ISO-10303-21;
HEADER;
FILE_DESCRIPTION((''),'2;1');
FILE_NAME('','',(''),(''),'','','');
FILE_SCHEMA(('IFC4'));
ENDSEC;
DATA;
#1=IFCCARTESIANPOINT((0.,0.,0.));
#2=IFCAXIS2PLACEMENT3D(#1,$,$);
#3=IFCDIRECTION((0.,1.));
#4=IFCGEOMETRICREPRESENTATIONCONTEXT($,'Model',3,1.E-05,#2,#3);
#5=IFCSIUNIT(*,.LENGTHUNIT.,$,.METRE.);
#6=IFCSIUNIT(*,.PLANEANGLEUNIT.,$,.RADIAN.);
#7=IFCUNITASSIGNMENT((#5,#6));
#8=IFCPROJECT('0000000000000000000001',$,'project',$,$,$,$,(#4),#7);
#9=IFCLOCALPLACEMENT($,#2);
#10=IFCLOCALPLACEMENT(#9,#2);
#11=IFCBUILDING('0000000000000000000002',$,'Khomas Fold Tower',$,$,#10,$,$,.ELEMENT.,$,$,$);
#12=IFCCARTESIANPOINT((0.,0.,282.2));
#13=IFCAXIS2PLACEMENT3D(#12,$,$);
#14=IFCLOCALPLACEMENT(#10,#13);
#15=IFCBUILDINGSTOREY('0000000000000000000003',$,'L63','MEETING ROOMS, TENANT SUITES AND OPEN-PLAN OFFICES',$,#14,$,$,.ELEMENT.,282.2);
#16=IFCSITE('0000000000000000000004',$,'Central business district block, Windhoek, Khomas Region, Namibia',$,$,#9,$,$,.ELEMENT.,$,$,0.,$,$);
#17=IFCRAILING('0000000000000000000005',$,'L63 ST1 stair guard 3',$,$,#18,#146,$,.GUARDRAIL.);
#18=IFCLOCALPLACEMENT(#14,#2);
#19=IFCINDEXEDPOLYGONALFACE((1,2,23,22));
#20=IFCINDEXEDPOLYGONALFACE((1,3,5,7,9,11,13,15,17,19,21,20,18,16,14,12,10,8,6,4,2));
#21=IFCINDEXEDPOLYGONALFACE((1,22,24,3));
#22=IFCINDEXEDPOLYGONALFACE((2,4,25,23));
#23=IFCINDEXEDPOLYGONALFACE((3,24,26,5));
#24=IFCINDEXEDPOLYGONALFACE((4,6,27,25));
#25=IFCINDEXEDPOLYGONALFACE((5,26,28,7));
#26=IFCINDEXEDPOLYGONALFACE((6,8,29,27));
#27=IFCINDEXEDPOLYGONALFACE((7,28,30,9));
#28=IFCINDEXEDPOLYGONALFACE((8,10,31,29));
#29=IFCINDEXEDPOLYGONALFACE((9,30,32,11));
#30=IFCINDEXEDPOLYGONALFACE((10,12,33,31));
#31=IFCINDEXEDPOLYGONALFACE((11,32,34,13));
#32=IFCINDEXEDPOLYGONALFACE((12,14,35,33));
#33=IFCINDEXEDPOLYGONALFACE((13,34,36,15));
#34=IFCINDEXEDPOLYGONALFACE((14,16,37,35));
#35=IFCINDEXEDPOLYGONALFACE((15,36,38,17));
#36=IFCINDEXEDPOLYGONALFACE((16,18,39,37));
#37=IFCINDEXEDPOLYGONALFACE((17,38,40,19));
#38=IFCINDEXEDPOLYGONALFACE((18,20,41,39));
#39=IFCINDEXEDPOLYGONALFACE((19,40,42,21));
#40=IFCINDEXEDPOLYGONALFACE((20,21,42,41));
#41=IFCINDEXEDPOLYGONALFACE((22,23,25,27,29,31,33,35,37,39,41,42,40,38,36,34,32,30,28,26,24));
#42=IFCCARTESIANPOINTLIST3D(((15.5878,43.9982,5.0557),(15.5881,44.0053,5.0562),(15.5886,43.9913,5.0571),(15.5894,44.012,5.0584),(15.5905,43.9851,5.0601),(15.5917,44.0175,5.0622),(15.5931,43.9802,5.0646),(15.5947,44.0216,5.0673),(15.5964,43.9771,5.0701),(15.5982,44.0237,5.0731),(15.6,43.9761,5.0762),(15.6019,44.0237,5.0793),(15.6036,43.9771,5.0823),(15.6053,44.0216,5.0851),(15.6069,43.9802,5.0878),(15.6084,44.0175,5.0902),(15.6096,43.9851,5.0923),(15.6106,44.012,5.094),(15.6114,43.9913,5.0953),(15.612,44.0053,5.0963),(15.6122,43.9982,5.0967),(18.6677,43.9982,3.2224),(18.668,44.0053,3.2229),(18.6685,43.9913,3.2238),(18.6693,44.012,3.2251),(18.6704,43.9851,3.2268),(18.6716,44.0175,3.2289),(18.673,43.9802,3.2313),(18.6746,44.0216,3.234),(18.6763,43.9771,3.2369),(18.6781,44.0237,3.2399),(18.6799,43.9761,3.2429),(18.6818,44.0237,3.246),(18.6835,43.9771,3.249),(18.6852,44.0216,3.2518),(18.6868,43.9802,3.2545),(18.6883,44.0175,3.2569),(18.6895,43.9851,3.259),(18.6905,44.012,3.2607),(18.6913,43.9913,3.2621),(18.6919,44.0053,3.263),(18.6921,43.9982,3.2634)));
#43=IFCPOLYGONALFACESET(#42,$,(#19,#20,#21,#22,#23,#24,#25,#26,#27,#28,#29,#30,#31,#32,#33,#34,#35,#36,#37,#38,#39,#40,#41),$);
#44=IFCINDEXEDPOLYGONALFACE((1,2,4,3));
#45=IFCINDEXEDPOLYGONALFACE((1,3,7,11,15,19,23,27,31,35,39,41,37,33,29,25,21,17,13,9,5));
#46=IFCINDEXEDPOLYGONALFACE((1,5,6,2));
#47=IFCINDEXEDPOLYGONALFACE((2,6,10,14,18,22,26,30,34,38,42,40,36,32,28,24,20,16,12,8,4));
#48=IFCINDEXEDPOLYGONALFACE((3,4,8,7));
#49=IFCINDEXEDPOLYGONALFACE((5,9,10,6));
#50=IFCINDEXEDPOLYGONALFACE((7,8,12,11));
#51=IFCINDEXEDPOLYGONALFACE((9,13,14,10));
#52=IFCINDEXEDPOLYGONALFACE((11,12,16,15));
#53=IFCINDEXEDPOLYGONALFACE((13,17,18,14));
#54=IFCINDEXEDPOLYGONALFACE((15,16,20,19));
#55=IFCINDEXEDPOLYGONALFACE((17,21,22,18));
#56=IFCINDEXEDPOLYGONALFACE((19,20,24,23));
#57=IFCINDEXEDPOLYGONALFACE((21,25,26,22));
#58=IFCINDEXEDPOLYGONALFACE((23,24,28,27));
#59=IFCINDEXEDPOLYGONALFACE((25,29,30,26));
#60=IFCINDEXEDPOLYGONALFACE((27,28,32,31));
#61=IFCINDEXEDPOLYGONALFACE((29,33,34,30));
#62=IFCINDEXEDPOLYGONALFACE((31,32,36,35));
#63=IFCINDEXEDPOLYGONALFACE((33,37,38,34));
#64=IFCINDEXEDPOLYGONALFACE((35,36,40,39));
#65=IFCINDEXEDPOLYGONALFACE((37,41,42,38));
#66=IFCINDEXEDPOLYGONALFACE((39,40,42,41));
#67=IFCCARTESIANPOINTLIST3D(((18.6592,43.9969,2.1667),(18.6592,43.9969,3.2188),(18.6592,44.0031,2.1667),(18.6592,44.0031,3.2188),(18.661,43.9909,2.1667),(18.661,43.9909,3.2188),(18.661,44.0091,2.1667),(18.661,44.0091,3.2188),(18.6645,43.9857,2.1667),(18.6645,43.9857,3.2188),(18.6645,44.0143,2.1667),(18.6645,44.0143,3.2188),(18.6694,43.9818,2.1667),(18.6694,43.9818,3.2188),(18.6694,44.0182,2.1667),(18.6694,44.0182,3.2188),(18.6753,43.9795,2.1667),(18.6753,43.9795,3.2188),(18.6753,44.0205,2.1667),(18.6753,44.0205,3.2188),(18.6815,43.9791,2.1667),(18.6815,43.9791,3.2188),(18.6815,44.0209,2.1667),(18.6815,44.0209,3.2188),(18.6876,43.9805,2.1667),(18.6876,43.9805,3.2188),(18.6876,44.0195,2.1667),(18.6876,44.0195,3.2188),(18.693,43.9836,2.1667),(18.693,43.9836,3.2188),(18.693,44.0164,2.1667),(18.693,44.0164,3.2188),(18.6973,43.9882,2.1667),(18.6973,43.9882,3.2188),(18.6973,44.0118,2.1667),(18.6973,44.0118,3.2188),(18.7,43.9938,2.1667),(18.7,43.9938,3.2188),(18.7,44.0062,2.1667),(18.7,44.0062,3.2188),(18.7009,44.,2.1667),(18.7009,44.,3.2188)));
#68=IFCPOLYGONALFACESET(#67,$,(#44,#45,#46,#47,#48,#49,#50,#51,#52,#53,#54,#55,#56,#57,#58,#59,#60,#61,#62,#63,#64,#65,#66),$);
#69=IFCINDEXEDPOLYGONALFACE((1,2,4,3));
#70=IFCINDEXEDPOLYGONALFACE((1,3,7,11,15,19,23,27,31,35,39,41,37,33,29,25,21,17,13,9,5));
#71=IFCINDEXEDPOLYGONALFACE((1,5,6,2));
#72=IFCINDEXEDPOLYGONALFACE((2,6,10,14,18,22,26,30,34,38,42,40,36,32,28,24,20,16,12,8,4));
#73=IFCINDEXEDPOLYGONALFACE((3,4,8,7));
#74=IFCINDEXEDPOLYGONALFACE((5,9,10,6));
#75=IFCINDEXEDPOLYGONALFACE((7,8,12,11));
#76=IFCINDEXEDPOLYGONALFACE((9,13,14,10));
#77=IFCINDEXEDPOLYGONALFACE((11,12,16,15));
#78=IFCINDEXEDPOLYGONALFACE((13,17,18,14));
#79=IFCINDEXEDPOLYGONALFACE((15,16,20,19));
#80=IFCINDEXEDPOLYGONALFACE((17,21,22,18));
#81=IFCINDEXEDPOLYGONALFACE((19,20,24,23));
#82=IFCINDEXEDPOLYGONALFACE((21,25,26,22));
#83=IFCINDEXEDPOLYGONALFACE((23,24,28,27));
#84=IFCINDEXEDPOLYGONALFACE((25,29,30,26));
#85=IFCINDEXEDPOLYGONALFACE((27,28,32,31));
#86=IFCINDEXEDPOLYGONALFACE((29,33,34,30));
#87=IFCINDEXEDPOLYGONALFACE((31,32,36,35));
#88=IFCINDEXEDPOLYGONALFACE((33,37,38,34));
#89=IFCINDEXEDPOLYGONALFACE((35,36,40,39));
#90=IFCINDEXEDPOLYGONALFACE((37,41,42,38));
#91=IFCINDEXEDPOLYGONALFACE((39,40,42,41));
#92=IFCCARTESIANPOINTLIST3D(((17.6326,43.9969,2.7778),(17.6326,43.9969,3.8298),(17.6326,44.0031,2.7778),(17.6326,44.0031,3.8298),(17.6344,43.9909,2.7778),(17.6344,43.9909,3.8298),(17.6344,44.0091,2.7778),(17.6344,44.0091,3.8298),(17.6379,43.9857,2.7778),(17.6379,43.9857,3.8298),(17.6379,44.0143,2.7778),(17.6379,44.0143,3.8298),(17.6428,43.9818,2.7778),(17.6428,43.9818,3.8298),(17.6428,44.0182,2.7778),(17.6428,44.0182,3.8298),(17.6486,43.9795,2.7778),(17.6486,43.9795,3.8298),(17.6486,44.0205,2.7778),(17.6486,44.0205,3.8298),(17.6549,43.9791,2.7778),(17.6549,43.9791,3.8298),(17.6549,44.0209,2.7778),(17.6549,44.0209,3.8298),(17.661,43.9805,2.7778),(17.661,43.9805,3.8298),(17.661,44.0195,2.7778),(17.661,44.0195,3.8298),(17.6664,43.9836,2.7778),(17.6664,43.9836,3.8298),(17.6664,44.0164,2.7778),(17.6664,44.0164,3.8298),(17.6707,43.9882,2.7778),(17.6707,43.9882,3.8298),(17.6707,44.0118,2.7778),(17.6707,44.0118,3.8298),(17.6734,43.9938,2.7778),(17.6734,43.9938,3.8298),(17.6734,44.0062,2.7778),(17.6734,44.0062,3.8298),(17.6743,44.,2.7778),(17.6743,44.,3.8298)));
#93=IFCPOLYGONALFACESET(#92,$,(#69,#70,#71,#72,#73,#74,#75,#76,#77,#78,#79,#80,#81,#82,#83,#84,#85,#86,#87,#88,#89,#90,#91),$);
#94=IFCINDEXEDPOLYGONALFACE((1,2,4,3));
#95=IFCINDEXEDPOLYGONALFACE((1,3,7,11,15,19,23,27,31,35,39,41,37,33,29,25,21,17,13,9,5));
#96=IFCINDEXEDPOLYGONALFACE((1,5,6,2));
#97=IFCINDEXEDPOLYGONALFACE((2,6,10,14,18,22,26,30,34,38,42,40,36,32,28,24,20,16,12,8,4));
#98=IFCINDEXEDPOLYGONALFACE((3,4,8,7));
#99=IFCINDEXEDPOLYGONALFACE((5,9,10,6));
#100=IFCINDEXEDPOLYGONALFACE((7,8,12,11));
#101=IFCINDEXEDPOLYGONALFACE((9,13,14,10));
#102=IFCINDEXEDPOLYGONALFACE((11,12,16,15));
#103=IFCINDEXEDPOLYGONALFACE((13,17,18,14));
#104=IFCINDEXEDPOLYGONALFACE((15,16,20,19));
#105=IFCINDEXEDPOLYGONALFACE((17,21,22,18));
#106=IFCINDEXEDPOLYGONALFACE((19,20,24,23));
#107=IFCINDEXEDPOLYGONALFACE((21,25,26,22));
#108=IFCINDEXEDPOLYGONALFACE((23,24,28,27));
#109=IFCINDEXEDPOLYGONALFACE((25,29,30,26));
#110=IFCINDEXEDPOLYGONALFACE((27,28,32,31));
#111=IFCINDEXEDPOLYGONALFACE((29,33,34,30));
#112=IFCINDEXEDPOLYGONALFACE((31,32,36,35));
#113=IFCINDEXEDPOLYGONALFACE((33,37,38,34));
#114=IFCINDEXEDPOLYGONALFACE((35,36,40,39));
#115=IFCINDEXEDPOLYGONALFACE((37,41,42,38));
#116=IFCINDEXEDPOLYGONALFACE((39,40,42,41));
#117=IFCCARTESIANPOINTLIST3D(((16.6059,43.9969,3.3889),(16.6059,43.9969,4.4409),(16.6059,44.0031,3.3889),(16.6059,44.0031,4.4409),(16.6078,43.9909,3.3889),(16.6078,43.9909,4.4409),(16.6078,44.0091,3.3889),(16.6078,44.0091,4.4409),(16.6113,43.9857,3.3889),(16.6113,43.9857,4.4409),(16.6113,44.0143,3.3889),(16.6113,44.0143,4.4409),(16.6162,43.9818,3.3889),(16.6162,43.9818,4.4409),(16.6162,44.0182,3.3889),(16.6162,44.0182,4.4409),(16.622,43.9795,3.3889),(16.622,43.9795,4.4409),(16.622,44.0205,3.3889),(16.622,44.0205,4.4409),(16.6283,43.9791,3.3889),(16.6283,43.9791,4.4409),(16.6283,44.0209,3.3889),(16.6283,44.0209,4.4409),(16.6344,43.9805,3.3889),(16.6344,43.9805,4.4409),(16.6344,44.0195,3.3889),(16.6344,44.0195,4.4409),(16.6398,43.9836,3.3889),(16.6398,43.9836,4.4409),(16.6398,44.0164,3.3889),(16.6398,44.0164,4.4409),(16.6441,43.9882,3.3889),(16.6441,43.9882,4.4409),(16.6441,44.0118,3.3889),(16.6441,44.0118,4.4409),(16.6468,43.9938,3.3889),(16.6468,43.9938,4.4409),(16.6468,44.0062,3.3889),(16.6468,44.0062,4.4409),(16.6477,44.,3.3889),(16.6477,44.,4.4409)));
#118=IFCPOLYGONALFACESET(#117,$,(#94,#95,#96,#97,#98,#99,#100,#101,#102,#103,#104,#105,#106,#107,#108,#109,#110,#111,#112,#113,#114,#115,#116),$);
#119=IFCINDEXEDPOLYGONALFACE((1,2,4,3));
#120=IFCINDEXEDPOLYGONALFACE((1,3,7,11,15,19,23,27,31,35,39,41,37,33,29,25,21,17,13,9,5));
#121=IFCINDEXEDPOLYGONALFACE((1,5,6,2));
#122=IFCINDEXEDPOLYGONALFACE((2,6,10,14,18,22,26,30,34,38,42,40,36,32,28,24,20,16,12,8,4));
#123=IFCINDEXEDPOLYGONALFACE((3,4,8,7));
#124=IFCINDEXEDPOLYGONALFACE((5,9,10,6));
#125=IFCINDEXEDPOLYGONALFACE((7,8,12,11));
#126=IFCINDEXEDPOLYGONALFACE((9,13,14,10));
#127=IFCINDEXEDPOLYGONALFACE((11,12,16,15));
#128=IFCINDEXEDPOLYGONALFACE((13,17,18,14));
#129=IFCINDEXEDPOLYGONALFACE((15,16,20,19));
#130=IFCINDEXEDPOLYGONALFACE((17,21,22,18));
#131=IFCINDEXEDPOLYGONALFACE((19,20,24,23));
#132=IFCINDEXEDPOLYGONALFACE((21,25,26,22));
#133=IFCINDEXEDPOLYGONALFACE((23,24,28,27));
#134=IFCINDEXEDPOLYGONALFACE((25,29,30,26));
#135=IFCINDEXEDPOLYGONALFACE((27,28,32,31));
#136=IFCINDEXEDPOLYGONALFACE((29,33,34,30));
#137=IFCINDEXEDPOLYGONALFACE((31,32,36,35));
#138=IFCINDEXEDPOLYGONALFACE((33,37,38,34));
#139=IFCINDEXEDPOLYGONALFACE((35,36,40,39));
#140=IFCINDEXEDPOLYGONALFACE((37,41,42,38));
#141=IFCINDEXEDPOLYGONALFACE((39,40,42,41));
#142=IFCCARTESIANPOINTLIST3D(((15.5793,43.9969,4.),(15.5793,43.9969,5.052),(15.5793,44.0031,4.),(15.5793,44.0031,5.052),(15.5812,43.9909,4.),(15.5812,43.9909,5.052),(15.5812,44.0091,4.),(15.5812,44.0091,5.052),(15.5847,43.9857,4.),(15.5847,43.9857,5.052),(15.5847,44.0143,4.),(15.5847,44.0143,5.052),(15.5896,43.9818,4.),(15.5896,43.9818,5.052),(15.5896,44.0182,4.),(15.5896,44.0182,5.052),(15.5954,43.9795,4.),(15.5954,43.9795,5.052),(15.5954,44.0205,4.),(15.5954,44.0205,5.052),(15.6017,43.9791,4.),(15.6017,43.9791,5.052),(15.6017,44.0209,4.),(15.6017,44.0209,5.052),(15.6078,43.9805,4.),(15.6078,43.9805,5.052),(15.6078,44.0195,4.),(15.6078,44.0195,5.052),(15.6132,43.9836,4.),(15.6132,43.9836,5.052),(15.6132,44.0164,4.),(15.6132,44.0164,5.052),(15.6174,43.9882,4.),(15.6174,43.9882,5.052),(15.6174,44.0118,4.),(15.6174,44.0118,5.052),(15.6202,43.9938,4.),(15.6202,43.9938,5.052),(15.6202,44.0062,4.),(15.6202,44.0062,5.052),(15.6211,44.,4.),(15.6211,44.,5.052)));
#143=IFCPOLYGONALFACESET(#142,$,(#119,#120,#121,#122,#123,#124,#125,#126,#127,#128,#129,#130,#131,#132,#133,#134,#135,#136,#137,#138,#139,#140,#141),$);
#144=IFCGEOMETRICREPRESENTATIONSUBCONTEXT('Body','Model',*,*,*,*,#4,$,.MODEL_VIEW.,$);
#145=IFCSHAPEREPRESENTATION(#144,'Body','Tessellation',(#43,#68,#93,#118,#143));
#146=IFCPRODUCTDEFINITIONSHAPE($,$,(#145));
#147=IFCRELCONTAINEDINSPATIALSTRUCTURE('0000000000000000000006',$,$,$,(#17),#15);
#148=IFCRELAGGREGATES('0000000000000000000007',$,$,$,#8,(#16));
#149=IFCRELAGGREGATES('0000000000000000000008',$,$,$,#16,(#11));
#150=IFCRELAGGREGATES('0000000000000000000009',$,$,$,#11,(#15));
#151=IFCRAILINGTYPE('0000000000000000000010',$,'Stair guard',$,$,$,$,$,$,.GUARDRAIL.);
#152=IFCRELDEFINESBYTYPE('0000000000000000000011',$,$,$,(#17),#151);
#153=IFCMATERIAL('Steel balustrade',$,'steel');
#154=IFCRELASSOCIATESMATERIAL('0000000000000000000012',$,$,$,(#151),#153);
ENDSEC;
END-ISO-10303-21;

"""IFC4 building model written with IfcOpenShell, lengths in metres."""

from ifc_helpers import new_model, si_unit, direction, frame, origin, origin_2d, place, context, subcontext, project, spatial, circle, extrude, source, transform, mapped, material, type_object, element, save


model = new_model("IFC4")

# Units and contexts
model_context = context("Model", 3, precision=1e-05, world=origin(), true_north=direction((0.0, 1.0)))
body_context = subcontext(model_context, "Body", "Model", "MODEL_VIEW")
ifc_project = project(units=[si_unit("LENGTHUNIT", "METRE"), si_unit("PLANEANGLEUNIT", "RADIAN")], contexts=[model_context])

# Site, building, storey
site_placement = place(None, origin())
site = spatial("IfcSite", under=ifc_project, at=site_placement, Name="Central business district block, Windhoek, Khomas Region, Namibia", CompositionType="ELEMENT", RefElevation=0.0)
building_placement = place(site_placement, origin())
building = spatial("IfcBuilding", under=site, at=building_placement, Name="Khomas Fold Tower", CompositionType="ELEMENT")
storey_placement = place(building_placement, frame((0.0, 0.0, 282.2)))
storey = spatial("IfcBuildingStorey", under=building, at=storey_placement, Name="L63", Description="MEETING ROOMS, TENANT SUITES AND OPEN-PLAN OFFICES", CompositionType="ELEMENT", Elevation=282.2)

# Railing
ifc_material_1 = material(Name="Steel balustrade", Category="steel")
railing_type_1 = type_object("IfcRailingType", Name="Stair guard", PredefinedType="GUARDRAIL", material=ifc_material_1)
shared_shape_1 = source(origin(), body_context, "Body", "SweptSolid", [
    extrude(circle(Radius=0.0239, at=origin_2d()), frame((0.0, 0.0, 1.0762), z_axis=(-0.859291, 0.0, 0.511487), x_axis=(0.0, -1.0, 0.0)), (0.0, 0.0, 1.0), 3.5842),
    extrude(circle(Radius=0.021, at=origin_2d()), origin(), (0.0, 0.0, 1.0), 1.052),
    extrude(circle(Radius=0.021, at=origin_2d()), frame((-1.0266, 0.0, 0.6111)), (0.0, 0.0, 1.0), 1.052),
    extrude(circle(Radius=0.021, at=origin_2d()), frame((-2.0532, 0.0, 1.2222)), (0.0, 0.0, 1.0), 1.052),
    extrude(circle(Radius=0.021, at=origin_2d()), frame((-3.0798, 0.0, 1.8333)), (0.0, 0.0, 1.0), 1.052),
])
railing_1_placement = place(storey_placement, frame((18.6799, 44.0, 2.1667)))
element("IfcRailing", 1, at=railing_1_placement, inside=storey, type_object=railing_type_1, Name="L63 ST1 stair guard 3", PredefinedType="GUARDRAIL", context=body_context, shape_type="MappedRepresentation", body=[
    mapped(shared_shape_1, transform((0.0, 0.0, 0.0))),
])

save(model, "model.ifc")
